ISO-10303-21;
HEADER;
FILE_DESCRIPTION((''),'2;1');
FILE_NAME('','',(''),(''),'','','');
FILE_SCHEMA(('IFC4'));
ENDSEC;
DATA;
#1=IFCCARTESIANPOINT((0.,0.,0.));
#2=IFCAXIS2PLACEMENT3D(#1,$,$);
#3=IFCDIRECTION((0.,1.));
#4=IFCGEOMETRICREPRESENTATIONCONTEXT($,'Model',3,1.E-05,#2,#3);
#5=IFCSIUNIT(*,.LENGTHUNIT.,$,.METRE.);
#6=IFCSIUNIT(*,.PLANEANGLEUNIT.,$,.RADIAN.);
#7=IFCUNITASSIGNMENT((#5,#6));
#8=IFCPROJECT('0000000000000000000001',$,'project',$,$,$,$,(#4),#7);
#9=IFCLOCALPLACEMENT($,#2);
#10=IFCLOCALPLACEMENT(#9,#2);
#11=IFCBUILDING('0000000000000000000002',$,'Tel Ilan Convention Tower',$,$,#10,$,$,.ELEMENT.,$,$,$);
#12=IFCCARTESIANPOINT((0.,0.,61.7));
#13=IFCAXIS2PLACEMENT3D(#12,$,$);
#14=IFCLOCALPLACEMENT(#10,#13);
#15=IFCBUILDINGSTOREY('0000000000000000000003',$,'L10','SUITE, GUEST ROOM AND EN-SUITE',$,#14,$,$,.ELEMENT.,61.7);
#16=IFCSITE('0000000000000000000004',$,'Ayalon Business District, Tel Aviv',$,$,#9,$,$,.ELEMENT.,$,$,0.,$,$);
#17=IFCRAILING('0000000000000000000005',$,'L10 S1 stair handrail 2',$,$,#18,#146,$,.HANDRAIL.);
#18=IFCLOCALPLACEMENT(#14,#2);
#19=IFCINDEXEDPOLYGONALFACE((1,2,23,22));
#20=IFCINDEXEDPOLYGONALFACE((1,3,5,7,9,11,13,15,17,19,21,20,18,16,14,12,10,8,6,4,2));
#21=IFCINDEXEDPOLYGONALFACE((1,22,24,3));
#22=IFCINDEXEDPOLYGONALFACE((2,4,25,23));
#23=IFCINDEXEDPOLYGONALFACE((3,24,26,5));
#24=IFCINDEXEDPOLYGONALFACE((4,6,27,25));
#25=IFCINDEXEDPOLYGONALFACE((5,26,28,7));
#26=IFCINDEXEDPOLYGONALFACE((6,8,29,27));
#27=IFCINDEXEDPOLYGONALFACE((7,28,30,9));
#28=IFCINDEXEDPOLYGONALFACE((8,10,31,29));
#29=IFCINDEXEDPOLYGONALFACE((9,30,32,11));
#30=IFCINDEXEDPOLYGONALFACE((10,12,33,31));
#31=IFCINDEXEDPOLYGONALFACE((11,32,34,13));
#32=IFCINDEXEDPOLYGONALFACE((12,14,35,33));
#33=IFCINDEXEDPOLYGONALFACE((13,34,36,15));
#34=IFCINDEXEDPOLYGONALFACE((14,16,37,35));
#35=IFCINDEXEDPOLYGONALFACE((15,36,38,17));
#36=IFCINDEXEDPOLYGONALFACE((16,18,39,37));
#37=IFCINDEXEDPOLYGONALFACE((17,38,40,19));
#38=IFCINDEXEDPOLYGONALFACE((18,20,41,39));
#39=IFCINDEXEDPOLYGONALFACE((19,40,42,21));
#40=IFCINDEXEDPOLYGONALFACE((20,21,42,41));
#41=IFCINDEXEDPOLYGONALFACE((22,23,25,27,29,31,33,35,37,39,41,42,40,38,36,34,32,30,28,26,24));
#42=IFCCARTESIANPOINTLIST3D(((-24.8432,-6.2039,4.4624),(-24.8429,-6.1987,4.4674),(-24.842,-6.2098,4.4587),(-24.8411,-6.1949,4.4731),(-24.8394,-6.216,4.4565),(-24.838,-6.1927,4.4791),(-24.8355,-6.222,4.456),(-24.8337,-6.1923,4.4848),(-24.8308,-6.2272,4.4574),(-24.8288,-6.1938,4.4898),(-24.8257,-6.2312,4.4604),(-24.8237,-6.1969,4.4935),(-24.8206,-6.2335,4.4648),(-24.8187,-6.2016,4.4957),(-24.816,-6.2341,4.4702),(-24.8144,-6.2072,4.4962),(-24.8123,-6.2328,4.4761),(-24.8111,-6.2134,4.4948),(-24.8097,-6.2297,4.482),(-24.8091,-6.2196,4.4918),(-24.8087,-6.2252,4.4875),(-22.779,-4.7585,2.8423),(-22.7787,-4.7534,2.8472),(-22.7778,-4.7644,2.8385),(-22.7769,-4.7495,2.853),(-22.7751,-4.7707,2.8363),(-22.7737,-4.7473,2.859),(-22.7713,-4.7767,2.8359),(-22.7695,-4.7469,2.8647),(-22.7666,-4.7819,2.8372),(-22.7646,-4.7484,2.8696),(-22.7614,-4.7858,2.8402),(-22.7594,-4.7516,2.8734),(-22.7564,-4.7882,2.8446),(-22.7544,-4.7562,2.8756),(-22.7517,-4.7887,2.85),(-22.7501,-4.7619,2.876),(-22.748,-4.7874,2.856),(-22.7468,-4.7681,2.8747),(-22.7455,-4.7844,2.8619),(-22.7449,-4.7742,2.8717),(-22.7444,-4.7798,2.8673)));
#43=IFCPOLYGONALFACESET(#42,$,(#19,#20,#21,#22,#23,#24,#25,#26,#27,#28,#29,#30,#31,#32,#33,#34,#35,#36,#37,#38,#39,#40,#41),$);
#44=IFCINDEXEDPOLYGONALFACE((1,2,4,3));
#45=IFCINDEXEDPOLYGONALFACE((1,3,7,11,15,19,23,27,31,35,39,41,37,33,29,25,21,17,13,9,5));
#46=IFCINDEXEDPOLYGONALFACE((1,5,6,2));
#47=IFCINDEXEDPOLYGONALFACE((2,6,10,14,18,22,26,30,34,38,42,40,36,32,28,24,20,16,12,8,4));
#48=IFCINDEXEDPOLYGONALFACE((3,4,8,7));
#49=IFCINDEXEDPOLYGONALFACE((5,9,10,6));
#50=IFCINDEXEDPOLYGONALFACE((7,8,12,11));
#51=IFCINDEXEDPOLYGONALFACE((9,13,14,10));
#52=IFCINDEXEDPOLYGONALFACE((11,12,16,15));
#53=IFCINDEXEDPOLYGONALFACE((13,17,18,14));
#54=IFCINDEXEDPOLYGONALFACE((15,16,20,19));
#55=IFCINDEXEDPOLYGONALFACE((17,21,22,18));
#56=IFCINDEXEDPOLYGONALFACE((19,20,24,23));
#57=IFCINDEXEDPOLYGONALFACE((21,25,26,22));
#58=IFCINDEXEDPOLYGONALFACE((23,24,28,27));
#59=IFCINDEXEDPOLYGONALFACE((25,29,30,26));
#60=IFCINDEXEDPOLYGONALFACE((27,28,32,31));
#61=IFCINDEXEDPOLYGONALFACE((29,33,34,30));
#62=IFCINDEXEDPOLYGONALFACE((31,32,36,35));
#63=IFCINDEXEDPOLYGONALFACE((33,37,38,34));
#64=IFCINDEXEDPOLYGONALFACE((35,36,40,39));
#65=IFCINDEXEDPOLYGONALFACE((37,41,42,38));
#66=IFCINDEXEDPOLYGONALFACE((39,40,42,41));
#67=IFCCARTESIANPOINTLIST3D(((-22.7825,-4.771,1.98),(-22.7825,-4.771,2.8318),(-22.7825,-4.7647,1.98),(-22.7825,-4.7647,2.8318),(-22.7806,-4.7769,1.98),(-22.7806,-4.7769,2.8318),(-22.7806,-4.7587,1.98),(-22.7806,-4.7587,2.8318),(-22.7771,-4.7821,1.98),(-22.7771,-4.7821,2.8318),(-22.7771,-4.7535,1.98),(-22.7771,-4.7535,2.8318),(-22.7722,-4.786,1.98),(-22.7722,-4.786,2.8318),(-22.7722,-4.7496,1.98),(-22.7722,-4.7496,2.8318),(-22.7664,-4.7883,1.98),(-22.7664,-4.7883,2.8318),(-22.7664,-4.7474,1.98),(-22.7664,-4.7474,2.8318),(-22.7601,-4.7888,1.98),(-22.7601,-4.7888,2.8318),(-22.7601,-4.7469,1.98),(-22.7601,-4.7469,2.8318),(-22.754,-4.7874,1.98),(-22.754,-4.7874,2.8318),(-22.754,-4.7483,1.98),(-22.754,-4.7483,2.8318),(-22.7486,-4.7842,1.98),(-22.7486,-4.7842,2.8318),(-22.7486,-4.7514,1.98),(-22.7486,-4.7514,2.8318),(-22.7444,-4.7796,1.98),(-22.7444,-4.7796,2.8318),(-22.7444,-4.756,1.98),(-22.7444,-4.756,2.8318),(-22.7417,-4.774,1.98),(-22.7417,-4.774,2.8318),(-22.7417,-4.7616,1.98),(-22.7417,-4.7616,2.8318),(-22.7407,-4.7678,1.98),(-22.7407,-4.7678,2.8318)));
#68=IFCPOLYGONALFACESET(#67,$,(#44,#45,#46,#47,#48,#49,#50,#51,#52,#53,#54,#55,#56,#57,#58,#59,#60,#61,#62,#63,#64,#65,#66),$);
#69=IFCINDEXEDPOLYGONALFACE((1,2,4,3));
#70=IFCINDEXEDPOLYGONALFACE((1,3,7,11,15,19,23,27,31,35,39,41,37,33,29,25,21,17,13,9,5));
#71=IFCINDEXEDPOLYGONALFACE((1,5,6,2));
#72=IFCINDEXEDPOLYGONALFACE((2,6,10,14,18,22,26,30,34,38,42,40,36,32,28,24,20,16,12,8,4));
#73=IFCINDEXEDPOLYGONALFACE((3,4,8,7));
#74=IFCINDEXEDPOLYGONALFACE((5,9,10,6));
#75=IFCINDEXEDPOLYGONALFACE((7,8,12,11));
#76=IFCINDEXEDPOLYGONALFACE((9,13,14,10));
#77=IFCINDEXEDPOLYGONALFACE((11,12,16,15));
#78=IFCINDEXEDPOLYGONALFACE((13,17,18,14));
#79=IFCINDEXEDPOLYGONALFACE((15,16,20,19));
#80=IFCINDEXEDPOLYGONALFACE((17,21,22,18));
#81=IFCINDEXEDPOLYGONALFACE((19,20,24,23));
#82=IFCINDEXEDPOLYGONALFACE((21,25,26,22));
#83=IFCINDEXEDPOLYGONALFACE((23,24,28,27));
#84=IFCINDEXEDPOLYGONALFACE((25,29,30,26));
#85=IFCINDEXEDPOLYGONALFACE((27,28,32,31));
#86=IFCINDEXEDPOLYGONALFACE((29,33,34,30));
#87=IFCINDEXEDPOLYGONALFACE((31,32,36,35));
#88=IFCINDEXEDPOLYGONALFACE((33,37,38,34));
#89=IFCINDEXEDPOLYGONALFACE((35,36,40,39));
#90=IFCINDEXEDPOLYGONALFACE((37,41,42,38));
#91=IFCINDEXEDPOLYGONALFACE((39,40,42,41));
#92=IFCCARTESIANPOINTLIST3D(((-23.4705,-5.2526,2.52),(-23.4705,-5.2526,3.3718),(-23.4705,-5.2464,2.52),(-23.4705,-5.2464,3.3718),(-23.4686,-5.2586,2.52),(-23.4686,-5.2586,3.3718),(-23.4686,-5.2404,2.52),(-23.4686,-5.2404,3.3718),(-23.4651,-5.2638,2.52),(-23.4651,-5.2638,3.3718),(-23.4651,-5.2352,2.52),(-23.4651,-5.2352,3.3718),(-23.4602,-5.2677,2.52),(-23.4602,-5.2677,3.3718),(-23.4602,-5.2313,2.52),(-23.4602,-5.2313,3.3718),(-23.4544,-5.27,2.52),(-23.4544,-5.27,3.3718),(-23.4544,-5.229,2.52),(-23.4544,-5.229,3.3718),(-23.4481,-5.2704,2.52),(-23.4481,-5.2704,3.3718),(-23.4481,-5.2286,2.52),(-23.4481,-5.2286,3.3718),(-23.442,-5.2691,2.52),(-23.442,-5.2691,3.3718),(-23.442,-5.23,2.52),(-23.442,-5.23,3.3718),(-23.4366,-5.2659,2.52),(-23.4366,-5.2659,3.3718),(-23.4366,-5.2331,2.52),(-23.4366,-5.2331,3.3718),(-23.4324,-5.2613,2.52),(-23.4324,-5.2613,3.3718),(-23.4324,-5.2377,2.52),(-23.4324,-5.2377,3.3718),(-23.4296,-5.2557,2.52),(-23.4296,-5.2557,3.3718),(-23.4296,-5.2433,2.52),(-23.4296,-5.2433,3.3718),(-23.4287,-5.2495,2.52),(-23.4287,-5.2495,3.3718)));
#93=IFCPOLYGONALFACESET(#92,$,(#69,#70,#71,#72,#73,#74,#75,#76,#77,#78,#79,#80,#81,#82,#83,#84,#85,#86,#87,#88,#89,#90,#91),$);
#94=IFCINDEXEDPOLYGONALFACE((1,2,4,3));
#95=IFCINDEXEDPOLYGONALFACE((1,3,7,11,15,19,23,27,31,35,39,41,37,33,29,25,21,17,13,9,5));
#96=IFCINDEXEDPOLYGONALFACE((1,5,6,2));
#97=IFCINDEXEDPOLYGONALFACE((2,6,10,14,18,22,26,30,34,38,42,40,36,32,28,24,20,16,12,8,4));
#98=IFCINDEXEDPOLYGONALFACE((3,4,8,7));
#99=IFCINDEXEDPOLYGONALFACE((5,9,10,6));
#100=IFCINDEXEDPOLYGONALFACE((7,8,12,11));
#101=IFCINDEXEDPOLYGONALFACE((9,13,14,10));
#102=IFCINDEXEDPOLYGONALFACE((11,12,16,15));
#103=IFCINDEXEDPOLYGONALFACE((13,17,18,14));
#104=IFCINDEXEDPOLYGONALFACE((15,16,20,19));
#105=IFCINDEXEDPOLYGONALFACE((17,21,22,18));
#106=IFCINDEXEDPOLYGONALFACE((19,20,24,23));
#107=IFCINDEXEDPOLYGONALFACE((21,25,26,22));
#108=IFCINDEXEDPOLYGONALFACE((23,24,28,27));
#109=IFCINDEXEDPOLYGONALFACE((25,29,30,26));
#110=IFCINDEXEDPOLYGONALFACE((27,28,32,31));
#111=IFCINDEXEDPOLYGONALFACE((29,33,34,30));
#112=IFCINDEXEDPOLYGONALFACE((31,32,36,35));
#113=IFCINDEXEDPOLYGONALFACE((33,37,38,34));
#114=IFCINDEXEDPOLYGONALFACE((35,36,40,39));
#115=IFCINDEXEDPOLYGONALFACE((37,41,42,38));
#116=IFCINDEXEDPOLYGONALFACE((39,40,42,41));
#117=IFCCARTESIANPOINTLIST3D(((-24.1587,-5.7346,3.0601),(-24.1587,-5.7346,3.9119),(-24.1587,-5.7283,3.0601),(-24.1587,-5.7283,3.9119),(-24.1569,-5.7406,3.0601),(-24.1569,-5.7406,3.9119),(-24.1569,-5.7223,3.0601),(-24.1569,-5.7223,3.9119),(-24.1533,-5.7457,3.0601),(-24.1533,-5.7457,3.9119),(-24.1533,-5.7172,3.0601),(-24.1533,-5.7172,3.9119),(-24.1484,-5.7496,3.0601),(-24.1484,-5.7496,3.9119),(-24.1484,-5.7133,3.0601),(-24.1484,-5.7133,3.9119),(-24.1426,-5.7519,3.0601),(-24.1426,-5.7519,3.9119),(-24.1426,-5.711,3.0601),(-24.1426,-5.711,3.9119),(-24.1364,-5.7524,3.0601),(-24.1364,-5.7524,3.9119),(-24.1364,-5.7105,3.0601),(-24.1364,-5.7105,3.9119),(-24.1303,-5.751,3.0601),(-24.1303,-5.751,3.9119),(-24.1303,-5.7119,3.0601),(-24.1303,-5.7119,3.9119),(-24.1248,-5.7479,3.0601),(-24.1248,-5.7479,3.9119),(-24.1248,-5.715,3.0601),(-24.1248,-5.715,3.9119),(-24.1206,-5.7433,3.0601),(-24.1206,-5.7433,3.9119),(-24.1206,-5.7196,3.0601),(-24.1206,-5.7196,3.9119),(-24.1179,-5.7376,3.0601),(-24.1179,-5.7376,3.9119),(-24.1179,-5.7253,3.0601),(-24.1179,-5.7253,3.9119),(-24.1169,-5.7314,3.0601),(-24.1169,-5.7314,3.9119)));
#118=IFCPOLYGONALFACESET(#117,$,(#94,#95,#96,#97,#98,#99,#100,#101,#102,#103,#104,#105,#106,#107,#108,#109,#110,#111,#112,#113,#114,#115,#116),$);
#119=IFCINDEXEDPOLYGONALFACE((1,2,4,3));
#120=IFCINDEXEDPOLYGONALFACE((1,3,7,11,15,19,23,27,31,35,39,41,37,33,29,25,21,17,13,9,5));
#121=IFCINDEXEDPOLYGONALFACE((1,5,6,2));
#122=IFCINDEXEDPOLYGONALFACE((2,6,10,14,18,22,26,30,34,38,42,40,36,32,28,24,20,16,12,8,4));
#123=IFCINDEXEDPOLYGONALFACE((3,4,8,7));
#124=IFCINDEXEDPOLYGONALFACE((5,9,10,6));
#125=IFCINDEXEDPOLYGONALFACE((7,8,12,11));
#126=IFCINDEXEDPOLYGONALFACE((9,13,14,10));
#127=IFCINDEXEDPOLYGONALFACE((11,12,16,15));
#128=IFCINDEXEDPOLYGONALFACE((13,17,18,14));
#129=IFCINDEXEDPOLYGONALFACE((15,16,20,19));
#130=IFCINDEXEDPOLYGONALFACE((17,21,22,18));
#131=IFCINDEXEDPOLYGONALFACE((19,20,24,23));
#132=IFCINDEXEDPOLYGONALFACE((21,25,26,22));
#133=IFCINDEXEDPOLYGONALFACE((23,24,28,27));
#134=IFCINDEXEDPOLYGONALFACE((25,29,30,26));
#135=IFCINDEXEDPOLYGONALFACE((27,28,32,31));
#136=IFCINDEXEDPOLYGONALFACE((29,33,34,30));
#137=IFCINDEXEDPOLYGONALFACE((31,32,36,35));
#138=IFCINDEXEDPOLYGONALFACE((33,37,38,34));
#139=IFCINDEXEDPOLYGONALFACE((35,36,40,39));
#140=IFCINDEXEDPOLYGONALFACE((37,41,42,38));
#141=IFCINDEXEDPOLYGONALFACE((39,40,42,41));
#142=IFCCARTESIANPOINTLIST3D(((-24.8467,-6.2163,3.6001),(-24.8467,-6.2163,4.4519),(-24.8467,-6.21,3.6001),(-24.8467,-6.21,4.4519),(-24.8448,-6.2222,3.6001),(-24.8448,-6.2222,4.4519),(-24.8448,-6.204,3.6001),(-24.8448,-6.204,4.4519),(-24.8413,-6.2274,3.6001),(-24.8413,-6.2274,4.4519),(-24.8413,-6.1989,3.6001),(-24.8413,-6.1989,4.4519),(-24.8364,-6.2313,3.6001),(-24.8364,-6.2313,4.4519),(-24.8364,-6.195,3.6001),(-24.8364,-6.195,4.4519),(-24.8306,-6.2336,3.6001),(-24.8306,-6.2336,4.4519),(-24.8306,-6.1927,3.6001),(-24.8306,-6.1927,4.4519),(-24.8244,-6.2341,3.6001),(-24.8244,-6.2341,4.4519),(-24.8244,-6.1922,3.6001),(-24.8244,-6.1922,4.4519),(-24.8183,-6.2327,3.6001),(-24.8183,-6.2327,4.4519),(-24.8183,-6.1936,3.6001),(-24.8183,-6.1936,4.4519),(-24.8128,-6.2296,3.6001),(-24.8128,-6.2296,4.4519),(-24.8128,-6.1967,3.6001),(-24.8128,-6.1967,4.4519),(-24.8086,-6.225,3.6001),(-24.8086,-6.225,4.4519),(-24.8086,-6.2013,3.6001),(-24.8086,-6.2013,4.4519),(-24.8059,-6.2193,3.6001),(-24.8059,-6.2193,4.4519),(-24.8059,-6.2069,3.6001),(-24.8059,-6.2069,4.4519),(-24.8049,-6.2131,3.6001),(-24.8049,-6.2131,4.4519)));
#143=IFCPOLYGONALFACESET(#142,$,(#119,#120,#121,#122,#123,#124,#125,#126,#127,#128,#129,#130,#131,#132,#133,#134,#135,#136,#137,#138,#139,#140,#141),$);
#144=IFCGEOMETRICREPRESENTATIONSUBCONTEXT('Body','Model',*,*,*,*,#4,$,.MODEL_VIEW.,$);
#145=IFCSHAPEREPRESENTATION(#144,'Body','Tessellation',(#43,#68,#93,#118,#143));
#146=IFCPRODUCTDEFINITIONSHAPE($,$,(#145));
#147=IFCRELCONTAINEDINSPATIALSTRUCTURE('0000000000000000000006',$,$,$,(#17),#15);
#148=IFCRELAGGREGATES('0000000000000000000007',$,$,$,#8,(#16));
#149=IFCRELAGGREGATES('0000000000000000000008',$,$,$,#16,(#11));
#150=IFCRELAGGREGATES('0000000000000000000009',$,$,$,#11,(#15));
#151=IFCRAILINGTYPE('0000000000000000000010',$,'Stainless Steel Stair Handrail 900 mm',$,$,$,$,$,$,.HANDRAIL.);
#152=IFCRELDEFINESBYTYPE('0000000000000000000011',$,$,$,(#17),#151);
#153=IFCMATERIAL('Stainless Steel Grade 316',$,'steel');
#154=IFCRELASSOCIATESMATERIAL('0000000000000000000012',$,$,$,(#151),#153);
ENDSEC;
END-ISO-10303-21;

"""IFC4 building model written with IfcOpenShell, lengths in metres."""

from ifc_helpers import new_model, si_unit, direction, frame, origin, origin_2d, place, context, subcontext, project, spatial, circle, extrude, material, type_object, element, save


model = new_model("IFC4")

# Units and contexts
model_context = context("Model", 3, precision=1e-05, world=origin(), true_north=direction((0.0, 1.0)))
body_context = subcontext(model_context, "Body", "Model", "MODEL_VIEW")
ifc_project = project(units=[si_unit("LENGTHUNIT", "METRE"), si_unit("PLANEANGLEUNIT", "RADIAN")], contexts=[model_context])

# Site, building, storey
site_placement = place(None, origin())
site = spatial("IfcSite", under=ifc_project, at=site_placement, Name="Ayalon Business District, Tel Aviv", CompositionType="ELEMENT", RefElevation=0.0)
building_placement = place(site_placement, origin())
building = spatial("IfcBuilding", under=site, at=building_placement, Name="Tel Ilan Convention Tower", CompositionType="ELEMENT")
storey_placement = place(building_placement, frame((0.0, 0.0, 61.7)))
storey = spatial("IfcBuildingStorey", under=building, at=storey_placement, Name="L10", Description="SUITE, GUEST ROOM AND EN-SUITE", CompositionType="ELEMENT", Elevation=61.7)

# Railing
ifc_material_1 = material(Name="Stainless Steel Grade 316", Category="steel")
railing_type_1 = type_object("IfcRailingType", Name="Stainless Steel Stair Handrail 900 mm", PredefinedType="HANDRAIL", material=ifc_material_1)
railing_1_placement = place(storey_placement, frame((-22.7617, -4.7678, 1.98)))
element("IfcRailing", 1, at=railing_1_placement, inside=storey, type_object=railing_type_1, Name="L10 S1 stair handrail 2", PredefinedType="HANDRAIL", context=body_context, shape_type="SweptSolid", body=[
    extrude(circle(Radius=0.0239, at=origin_2d()), frame((0.0, 0.0, 0.876), z_axis=(-0.68904, -0.48245, 0.540801), x_axis=(0.57356, -0.819164, 0.0)), (0.0, 0.0, 1.0), 2.9958),
    extrude(circle(Radius=0.021, at=origin_2d()), origin(), (0.0, 0.0, 1.0), 0.8518),
    extrude(circle(Radius=0.021, at=origin_2d()), frame((-0.688, -0.4817, 0.54)), (0.0, 0.0, 1.0), 0.8518),
    extrude(circle(Radius=0.021, at=origin_2d()), frame((-1.3762, -0.9636, 1.0801)), (0.0, 0.0, 1.0), 0.8518),
    extrude(circle(Radius=0.021, at=origin_2d()), frame((-2.0642, -1.4453, 1.6201)), (0.0, 0.0, 1.0), 0.8518),
])

save(model, "model.ifc")
